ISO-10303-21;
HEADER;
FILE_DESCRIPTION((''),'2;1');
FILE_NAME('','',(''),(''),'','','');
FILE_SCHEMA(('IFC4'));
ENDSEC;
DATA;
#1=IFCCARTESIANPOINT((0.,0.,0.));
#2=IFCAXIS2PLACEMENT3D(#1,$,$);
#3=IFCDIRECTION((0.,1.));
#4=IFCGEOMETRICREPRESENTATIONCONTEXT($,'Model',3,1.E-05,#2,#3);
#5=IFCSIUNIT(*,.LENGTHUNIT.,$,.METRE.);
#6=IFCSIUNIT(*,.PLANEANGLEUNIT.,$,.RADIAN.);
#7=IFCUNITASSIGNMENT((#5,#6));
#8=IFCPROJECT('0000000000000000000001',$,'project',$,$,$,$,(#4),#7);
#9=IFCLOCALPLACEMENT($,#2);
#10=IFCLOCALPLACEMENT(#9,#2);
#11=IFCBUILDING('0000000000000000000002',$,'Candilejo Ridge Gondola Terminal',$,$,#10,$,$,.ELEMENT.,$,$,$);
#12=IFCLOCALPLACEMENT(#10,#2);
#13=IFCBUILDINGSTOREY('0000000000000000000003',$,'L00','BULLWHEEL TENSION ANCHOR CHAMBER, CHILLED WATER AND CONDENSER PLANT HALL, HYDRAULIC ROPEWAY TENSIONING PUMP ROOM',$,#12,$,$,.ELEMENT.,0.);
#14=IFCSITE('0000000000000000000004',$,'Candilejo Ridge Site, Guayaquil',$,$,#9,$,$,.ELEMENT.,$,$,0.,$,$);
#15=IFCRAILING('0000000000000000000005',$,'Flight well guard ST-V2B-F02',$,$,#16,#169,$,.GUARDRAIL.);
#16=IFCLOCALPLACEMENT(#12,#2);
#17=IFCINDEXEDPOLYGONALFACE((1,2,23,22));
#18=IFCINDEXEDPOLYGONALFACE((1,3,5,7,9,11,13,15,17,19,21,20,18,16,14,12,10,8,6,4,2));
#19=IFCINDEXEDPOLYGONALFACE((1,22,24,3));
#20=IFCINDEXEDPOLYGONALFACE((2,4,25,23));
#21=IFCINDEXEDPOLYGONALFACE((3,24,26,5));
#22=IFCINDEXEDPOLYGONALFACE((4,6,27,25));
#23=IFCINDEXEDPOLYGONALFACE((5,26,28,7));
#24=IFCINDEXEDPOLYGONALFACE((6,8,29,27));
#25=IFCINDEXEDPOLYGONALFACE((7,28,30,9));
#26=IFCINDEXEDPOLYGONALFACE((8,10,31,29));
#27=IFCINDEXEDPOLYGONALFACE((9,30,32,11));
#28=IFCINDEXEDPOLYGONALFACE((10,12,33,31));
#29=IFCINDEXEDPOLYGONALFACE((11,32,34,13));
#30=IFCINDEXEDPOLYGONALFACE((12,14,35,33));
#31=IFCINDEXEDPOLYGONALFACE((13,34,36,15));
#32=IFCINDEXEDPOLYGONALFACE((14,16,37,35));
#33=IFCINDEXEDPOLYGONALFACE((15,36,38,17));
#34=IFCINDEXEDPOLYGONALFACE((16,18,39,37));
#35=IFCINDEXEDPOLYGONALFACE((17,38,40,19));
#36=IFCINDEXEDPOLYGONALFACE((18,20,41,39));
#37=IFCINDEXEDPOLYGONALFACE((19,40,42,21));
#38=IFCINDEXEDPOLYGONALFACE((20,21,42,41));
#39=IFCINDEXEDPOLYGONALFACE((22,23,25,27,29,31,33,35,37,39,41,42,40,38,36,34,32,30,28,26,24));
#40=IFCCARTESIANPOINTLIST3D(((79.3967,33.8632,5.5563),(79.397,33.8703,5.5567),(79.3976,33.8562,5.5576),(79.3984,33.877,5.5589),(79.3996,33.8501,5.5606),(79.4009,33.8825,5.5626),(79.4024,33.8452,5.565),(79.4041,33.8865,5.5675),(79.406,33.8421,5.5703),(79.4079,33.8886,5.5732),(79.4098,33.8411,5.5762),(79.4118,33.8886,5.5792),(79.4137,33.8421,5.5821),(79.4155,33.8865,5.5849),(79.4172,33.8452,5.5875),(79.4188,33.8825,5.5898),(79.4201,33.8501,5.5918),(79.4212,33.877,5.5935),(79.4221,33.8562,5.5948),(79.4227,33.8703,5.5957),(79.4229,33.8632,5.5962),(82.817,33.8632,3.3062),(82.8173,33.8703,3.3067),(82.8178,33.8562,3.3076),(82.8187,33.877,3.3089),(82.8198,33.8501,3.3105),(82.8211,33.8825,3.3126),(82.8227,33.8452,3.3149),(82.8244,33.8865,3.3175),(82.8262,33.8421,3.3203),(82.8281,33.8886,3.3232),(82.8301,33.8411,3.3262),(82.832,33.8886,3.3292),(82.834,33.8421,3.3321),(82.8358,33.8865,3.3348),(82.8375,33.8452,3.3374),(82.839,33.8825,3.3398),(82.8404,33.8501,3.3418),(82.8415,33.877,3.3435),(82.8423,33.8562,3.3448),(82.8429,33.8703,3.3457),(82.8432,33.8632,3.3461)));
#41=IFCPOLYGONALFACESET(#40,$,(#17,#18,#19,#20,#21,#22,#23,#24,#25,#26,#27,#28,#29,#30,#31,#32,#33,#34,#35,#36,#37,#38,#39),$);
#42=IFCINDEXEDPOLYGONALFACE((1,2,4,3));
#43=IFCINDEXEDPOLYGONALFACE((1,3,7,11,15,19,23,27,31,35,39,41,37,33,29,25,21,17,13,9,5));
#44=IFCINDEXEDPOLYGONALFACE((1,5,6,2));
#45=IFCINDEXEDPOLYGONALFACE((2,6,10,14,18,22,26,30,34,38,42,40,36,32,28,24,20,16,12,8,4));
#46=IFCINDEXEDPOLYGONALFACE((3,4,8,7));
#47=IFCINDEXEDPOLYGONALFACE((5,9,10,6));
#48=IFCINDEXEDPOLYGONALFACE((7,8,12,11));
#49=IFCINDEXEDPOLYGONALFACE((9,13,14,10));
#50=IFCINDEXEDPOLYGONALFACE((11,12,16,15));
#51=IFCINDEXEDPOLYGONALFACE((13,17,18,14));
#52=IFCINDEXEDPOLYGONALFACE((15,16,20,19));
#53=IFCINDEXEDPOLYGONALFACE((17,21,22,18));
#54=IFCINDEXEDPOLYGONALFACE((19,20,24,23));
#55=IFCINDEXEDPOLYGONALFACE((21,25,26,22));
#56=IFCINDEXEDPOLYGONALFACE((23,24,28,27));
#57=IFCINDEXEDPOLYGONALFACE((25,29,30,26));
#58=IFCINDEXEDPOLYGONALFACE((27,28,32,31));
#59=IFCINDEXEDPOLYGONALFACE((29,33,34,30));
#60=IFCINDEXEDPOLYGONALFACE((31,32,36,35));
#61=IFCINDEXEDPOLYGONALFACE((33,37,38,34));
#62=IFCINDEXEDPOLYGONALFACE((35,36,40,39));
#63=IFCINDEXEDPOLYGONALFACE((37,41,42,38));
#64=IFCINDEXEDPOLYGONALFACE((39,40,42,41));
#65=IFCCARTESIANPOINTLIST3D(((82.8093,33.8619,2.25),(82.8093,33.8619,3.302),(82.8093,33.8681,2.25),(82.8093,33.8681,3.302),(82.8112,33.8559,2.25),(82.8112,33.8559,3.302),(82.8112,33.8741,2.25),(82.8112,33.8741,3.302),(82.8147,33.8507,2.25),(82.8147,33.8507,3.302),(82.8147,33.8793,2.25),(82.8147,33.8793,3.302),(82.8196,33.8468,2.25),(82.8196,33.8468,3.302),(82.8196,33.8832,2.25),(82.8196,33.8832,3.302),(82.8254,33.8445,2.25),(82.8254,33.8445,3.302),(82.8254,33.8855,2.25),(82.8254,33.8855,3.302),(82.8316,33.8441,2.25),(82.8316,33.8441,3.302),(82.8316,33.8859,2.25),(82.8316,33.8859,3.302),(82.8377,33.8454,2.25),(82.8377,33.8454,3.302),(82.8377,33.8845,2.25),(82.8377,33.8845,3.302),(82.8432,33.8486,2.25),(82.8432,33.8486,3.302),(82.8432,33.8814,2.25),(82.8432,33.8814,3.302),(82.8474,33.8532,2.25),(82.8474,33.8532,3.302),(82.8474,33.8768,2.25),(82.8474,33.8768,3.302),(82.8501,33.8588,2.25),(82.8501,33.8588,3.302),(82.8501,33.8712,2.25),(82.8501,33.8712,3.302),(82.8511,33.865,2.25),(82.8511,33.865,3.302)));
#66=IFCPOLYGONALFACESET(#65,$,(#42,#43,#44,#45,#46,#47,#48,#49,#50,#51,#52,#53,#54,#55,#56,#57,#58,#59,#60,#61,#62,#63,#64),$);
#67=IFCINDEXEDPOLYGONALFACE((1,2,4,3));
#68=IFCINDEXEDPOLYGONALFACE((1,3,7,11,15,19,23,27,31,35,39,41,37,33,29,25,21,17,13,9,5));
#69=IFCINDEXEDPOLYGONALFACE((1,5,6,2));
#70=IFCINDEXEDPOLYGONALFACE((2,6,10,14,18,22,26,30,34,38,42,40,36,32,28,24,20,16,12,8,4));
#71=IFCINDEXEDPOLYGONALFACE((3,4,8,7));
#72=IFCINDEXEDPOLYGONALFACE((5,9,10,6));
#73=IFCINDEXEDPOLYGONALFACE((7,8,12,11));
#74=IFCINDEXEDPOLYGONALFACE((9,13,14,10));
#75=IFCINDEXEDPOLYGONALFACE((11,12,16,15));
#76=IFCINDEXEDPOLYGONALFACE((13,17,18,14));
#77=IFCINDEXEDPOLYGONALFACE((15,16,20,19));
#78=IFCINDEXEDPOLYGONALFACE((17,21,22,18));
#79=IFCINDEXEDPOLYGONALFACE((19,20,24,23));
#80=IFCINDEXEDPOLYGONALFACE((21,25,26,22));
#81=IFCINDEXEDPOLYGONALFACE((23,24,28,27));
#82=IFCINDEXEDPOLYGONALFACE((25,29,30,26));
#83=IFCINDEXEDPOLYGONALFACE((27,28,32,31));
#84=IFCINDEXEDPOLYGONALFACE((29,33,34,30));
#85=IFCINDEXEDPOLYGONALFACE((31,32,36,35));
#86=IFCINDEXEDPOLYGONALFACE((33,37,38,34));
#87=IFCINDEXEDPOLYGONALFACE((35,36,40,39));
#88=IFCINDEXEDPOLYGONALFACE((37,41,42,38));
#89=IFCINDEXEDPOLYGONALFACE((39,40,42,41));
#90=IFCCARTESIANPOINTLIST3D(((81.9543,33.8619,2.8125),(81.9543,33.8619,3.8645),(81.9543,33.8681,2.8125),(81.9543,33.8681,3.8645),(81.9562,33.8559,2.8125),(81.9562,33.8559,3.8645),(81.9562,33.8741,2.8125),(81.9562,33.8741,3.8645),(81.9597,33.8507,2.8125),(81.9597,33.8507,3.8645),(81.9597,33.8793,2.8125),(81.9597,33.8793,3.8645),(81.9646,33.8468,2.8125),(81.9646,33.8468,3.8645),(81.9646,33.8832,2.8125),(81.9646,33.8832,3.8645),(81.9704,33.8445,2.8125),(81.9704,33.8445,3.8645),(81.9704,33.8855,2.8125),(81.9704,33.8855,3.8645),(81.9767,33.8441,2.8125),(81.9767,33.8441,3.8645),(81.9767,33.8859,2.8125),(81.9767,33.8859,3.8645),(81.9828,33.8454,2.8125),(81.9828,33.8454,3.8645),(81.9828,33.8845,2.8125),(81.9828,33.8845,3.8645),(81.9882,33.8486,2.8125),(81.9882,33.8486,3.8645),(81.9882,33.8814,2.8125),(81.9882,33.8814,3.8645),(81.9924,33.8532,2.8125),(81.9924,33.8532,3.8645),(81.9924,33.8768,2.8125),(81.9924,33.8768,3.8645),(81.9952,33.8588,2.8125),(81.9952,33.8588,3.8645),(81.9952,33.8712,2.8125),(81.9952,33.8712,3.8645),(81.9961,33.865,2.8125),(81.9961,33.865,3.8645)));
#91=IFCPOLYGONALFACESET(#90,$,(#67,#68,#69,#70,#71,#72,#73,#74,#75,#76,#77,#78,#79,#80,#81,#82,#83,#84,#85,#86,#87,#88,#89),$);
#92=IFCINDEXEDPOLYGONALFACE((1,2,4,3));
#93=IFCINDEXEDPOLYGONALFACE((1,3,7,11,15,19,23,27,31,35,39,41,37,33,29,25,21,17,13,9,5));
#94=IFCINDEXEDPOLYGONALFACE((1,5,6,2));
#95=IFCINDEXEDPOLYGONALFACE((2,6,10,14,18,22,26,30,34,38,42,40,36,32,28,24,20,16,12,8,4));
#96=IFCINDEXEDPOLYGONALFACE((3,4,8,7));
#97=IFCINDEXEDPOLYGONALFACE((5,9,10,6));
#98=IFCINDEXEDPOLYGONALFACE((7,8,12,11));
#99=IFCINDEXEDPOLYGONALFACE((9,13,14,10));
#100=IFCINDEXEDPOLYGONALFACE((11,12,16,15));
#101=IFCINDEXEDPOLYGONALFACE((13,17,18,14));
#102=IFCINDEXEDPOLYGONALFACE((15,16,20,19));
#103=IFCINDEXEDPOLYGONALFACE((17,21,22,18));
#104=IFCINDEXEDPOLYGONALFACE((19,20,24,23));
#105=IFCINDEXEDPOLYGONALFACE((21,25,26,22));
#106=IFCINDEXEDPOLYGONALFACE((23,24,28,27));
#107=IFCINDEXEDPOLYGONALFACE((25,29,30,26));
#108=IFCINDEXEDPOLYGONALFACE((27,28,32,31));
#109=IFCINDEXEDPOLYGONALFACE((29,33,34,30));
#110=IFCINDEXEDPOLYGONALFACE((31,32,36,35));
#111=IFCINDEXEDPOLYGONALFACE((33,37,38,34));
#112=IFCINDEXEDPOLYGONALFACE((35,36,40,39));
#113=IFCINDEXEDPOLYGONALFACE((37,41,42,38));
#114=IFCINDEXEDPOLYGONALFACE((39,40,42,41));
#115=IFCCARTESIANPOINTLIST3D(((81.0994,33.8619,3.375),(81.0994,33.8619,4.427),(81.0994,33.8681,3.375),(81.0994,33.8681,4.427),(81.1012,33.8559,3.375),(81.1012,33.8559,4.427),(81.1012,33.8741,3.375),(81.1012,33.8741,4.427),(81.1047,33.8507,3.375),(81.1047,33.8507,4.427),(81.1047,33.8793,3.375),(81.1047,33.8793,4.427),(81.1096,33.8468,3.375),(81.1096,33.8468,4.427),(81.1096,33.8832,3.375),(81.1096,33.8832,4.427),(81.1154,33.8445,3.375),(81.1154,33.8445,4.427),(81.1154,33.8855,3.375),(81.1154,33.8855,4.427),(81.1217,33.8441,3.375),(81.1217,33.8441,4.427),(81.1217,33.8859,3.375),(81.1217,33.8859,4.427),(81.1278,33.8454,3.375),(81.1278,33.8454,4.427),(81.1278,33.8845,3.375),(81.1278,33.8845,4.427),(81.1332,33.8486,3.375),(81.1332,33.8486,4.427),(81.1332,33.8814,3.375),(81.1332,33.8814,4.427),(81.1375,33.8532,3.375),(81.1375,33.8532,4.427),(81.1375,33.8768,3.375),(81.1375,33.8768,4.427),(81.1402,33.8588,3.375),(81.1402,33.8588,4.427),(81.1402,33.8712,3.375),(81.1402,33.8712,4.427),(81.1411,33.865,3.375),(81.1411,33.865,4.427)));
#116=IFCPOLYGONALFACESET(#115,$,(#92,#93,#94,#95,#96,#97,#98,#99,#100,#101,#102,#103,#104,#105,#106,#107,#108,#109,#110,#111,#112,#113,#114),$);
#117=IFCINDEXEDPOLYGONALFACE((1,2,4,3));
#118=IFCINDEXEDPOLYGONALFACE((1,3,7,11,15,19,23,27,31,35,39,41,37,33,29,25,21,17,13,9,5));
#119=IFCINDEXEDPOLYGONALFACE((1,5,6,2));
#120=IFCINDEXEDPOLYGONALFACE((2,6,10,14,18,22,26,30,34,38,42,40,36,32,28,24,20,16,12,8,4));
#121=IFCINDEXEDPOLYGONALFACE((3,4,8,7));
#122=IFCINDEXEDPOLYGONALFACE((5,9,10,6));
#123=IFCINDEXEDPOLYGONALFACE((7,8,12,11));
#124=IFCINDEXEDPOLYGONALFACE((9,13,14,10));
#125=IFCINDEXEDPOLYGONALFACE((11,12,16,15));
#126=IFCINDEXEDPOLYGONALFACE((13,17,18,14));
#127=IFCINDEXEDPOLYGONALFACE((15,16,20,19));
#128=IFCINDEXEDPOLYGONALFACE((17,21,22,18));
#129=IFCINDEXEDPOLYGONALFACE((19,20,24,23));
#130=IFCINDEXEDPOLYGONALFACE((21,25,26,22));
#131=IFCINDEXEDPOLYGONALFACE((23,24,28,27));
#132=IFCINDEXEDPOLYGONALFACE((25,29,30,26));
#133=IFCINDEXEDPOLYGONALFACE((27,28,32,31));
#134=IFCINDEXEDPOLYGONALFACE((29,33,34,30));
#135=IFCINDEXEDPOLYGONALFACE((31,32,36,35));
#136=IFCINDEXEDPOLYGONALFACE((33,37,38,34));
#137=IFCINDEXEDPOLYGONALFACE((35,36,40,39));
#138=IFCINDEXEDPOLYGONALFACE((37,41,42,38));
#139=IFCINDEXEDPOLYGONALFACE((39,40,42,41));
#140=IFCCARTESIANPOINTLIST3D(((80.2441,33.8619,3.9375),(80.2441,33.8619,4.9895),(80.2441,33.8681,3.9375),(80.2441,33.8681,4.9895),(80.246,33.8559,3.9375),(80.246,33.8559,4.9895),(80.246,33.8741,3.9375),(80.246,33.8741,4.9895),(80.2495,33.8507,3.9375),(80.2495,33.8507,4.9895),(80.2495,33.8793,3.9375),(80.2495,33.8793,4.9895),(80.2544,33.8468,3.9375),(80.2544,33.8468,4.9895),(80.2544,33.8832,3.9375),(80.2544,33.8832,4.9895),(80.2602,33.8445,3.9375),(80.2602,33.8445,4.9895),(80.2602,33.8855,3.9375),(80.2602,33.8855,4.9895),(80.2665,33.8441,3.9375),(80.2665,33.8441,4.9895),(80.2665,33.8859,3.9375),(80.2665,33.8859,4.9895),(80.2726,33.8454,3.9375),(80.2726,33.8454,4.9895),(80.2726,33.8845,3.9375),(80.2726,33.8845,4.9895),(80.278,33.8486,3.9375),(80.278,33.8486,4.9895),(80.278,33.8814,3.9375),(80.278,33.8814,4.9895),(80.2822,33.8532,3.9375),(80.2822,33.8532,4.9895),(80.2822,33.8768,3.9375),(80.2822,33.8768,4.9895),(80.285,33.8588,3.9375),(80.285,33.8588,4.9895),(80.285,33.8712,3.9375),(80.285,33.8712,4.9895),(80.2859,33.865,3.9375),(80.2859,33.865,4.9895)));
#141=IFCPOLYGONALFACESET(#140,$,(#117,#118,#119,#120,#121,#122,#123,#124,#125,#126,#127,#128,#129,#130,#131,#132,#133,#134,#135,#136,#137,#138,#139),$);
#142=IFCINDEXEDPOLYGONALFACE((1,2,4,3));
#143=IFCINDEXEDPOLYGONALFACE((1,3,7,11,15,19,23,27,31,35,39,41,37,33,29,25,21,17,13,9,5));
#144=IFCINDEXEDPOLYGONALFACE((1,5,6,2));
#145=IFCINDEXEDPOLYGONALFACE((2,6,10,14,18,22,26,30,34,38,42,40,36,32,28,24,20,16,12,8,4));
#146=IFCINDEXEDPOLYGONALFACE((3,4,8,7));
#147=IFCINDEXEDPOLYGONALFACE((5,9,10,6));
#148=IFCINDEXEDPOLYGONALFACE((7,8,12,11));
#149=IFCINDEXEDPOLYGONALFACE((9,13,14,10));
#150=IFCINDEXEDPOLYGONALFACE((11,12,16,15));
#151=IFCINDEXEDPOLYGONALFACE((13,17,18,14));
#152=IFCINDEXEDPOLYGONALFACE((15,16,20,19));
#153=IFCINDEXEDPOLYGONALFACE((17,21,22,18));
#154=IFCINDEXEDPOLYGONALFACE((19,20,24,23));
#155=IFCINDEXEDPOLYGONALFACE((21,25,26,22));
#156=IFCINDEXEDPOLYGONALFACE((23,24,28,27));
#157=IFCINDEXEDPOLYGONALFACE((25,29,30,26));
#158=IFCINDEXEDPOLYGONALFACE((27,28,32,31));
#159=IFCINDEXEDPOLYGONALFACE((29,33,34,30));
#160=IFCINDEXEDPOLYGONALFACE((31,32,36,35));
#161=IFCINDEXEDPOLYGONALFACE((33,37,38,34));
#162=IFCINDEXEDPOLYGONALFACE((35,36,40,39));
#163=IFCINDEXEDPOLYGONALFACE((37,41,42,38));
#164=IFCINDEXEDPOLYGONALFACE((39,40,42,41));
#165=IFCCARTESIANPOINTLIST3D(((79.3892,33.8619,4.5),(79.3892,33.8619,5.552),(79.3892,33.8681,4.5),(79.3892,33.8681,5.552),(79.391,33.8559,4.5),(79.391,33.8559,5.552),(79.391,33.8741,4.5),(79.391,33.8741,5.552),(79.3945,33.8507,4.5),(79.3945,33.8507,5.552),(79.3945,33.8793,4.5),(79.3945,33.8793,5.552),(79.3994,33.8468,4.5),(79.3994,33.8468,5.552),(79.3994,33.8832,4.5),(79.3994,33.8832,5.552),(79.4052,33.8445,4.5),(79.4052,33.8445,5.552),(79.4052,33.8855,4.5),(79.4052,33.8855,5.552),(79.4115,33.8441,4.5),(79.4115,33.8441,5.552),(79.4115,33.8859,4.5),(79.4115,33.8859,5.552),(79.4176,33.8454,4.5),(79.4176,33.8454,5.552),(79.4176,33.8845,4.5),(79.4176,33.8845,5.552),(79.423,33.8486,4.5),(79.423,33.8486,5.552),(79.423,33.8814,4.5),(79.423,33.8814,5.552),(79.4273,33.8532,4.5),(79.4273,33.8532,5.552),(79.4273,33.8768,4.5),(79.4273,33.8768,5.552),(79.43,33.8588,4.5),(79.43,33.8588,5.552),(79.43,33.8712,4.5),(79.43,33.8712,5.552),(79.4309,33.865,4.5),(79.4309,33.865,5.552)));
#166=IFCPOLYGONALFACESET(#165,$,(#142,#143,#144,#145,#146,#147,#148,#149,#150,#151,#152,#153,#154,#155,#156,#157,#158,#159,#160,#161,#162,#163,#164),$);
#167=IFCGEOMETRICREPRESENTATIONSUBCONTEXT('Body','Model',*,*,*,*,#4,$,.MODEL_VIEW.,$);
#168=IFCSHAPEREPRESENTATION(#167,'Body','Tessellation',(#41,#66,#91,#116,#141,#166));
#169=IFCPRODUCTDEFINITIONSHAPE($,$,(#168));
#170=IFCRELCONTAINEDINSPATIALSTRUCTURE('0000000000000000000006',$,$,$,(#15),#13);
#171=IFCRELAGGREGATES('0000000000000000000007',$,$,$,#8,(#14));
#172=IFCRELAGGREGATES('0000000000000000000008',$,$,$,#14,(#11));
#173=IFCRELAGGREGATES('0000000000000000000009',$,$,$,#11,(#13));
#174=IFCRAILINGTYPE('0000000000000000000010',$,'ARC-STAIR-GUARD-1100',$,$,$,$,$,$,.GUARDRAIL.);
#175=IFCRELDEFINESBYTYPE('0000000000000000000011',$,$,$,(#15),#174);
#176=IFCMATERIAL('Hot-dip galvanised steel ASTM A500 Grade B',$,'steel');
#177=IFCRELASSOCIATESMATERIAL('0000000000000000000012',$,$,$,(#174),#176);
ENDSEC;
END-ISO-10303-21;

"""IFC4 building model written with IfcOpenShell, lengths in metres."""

from ifc_helpers import new_model, si_unit, direction, frame, origin, origin_2d, place, context, subcontext, project, spatial, circle, extrude, material, type_object, element, save


model = new_model("IFC4")

# Units and contexts
model_context = context("Model", 3, precision=1e-05, world=origin(), true_north=direction((0.0, 1.0)))
body_context = subcontext(model_context, "Body", "Model", "MODEL_VIEW")
ifc_project = project(units=[si_unit("LENGTHUNIT", "METRE"), si_unit("PLANEANGLEUNIT", "RADIAN")], contexts=[model_context])

# Site, building, storey
site_placement = place(None, origin())
site = spatial("IfcSite", under=ifc_project, at=site_placement, Name="Candilejo Ridge Site, Guayaquil", CompositionType="ELEMENT", RefElevation=0.0)
building_placement = place(site_placement, origin())
building = spatial("IfcBuilding", under=site, at=building_placement, Name="Candilejo Ridge Gondola Terminal", CompositionType="ELEMENT")
storey_placement = place(building_placement, origin())
storey = spatial("IfcBuildingStorey", under=building, at=storey_placement, Name="L00", Description="BULLWHEEL TENSION ANCHOR CHAMBER, CHILLED WATER AND CONDENSER PLANT HALL, HYDRAULIC ROPEWAY TENSIONING PUMP ROOM", CompositionType="ELEMENT", Elevation=0.0)

# Railing
ifc_material_1 = material(Name="Hot-dip galvanised steel ASTM A500 Grade B", Category="steel")
railing_type_1 = type_object("IfcRailingType", Name="ARC-STAIR-GUARD-1100", PredefinedType="GUARDRAIL", material=ifc_material_1)
railing_1_placement = place(storey_placement, frame((82.8301, 33.865, 2.25)))
element("IfcRailing", 1, at=railing_1_placement, inside=storey, type_object=railing_type_1, Name="Flight well guard ST-V2B-F02", PredefinedType="GUARDRAIL", context=body_context, shape_type="SweptSolid", body=[
    extrude(circle(Radius=0.0239, at=origin_2d()), frame((0.0, 0.0, 1.0762), z_axis=(-0.835429, 0.0, 0.549598), x_axis=(0.0, -1.0, 0.0)), (0.0, 0.0, 1.0), 4.094),
    extrude(circle(Radius=0.021, at=origin_2d()), origin(), (0.0, 0.0, 1.0), 1.052),
    extrude(circle(Radius=0.021, at=origin_2d()), frame((-0.855, 0.0, 0.5625)), (0.0, 0.0, 1.0), 1.052),
    extrude(circle(Radius=0.021, at=origin_2d()), frame((-1.71, 0.0, 1.125)), (0.0, 0.0, 1.0), 1.052),
    extrude(circle(Radius=0.021, at=origin_2d()), frame((-2.5652, 0.0, 1.6875)), (0.0, 0.0, 1.0), 1.052),
    extrude(circle(Radius=0.021, at=origin_2d()), frame((-3.4202, 0.0, 2.25)), (0.0, 0.0, 1.0), 1.052),
])

save(model, "model.ifc")
